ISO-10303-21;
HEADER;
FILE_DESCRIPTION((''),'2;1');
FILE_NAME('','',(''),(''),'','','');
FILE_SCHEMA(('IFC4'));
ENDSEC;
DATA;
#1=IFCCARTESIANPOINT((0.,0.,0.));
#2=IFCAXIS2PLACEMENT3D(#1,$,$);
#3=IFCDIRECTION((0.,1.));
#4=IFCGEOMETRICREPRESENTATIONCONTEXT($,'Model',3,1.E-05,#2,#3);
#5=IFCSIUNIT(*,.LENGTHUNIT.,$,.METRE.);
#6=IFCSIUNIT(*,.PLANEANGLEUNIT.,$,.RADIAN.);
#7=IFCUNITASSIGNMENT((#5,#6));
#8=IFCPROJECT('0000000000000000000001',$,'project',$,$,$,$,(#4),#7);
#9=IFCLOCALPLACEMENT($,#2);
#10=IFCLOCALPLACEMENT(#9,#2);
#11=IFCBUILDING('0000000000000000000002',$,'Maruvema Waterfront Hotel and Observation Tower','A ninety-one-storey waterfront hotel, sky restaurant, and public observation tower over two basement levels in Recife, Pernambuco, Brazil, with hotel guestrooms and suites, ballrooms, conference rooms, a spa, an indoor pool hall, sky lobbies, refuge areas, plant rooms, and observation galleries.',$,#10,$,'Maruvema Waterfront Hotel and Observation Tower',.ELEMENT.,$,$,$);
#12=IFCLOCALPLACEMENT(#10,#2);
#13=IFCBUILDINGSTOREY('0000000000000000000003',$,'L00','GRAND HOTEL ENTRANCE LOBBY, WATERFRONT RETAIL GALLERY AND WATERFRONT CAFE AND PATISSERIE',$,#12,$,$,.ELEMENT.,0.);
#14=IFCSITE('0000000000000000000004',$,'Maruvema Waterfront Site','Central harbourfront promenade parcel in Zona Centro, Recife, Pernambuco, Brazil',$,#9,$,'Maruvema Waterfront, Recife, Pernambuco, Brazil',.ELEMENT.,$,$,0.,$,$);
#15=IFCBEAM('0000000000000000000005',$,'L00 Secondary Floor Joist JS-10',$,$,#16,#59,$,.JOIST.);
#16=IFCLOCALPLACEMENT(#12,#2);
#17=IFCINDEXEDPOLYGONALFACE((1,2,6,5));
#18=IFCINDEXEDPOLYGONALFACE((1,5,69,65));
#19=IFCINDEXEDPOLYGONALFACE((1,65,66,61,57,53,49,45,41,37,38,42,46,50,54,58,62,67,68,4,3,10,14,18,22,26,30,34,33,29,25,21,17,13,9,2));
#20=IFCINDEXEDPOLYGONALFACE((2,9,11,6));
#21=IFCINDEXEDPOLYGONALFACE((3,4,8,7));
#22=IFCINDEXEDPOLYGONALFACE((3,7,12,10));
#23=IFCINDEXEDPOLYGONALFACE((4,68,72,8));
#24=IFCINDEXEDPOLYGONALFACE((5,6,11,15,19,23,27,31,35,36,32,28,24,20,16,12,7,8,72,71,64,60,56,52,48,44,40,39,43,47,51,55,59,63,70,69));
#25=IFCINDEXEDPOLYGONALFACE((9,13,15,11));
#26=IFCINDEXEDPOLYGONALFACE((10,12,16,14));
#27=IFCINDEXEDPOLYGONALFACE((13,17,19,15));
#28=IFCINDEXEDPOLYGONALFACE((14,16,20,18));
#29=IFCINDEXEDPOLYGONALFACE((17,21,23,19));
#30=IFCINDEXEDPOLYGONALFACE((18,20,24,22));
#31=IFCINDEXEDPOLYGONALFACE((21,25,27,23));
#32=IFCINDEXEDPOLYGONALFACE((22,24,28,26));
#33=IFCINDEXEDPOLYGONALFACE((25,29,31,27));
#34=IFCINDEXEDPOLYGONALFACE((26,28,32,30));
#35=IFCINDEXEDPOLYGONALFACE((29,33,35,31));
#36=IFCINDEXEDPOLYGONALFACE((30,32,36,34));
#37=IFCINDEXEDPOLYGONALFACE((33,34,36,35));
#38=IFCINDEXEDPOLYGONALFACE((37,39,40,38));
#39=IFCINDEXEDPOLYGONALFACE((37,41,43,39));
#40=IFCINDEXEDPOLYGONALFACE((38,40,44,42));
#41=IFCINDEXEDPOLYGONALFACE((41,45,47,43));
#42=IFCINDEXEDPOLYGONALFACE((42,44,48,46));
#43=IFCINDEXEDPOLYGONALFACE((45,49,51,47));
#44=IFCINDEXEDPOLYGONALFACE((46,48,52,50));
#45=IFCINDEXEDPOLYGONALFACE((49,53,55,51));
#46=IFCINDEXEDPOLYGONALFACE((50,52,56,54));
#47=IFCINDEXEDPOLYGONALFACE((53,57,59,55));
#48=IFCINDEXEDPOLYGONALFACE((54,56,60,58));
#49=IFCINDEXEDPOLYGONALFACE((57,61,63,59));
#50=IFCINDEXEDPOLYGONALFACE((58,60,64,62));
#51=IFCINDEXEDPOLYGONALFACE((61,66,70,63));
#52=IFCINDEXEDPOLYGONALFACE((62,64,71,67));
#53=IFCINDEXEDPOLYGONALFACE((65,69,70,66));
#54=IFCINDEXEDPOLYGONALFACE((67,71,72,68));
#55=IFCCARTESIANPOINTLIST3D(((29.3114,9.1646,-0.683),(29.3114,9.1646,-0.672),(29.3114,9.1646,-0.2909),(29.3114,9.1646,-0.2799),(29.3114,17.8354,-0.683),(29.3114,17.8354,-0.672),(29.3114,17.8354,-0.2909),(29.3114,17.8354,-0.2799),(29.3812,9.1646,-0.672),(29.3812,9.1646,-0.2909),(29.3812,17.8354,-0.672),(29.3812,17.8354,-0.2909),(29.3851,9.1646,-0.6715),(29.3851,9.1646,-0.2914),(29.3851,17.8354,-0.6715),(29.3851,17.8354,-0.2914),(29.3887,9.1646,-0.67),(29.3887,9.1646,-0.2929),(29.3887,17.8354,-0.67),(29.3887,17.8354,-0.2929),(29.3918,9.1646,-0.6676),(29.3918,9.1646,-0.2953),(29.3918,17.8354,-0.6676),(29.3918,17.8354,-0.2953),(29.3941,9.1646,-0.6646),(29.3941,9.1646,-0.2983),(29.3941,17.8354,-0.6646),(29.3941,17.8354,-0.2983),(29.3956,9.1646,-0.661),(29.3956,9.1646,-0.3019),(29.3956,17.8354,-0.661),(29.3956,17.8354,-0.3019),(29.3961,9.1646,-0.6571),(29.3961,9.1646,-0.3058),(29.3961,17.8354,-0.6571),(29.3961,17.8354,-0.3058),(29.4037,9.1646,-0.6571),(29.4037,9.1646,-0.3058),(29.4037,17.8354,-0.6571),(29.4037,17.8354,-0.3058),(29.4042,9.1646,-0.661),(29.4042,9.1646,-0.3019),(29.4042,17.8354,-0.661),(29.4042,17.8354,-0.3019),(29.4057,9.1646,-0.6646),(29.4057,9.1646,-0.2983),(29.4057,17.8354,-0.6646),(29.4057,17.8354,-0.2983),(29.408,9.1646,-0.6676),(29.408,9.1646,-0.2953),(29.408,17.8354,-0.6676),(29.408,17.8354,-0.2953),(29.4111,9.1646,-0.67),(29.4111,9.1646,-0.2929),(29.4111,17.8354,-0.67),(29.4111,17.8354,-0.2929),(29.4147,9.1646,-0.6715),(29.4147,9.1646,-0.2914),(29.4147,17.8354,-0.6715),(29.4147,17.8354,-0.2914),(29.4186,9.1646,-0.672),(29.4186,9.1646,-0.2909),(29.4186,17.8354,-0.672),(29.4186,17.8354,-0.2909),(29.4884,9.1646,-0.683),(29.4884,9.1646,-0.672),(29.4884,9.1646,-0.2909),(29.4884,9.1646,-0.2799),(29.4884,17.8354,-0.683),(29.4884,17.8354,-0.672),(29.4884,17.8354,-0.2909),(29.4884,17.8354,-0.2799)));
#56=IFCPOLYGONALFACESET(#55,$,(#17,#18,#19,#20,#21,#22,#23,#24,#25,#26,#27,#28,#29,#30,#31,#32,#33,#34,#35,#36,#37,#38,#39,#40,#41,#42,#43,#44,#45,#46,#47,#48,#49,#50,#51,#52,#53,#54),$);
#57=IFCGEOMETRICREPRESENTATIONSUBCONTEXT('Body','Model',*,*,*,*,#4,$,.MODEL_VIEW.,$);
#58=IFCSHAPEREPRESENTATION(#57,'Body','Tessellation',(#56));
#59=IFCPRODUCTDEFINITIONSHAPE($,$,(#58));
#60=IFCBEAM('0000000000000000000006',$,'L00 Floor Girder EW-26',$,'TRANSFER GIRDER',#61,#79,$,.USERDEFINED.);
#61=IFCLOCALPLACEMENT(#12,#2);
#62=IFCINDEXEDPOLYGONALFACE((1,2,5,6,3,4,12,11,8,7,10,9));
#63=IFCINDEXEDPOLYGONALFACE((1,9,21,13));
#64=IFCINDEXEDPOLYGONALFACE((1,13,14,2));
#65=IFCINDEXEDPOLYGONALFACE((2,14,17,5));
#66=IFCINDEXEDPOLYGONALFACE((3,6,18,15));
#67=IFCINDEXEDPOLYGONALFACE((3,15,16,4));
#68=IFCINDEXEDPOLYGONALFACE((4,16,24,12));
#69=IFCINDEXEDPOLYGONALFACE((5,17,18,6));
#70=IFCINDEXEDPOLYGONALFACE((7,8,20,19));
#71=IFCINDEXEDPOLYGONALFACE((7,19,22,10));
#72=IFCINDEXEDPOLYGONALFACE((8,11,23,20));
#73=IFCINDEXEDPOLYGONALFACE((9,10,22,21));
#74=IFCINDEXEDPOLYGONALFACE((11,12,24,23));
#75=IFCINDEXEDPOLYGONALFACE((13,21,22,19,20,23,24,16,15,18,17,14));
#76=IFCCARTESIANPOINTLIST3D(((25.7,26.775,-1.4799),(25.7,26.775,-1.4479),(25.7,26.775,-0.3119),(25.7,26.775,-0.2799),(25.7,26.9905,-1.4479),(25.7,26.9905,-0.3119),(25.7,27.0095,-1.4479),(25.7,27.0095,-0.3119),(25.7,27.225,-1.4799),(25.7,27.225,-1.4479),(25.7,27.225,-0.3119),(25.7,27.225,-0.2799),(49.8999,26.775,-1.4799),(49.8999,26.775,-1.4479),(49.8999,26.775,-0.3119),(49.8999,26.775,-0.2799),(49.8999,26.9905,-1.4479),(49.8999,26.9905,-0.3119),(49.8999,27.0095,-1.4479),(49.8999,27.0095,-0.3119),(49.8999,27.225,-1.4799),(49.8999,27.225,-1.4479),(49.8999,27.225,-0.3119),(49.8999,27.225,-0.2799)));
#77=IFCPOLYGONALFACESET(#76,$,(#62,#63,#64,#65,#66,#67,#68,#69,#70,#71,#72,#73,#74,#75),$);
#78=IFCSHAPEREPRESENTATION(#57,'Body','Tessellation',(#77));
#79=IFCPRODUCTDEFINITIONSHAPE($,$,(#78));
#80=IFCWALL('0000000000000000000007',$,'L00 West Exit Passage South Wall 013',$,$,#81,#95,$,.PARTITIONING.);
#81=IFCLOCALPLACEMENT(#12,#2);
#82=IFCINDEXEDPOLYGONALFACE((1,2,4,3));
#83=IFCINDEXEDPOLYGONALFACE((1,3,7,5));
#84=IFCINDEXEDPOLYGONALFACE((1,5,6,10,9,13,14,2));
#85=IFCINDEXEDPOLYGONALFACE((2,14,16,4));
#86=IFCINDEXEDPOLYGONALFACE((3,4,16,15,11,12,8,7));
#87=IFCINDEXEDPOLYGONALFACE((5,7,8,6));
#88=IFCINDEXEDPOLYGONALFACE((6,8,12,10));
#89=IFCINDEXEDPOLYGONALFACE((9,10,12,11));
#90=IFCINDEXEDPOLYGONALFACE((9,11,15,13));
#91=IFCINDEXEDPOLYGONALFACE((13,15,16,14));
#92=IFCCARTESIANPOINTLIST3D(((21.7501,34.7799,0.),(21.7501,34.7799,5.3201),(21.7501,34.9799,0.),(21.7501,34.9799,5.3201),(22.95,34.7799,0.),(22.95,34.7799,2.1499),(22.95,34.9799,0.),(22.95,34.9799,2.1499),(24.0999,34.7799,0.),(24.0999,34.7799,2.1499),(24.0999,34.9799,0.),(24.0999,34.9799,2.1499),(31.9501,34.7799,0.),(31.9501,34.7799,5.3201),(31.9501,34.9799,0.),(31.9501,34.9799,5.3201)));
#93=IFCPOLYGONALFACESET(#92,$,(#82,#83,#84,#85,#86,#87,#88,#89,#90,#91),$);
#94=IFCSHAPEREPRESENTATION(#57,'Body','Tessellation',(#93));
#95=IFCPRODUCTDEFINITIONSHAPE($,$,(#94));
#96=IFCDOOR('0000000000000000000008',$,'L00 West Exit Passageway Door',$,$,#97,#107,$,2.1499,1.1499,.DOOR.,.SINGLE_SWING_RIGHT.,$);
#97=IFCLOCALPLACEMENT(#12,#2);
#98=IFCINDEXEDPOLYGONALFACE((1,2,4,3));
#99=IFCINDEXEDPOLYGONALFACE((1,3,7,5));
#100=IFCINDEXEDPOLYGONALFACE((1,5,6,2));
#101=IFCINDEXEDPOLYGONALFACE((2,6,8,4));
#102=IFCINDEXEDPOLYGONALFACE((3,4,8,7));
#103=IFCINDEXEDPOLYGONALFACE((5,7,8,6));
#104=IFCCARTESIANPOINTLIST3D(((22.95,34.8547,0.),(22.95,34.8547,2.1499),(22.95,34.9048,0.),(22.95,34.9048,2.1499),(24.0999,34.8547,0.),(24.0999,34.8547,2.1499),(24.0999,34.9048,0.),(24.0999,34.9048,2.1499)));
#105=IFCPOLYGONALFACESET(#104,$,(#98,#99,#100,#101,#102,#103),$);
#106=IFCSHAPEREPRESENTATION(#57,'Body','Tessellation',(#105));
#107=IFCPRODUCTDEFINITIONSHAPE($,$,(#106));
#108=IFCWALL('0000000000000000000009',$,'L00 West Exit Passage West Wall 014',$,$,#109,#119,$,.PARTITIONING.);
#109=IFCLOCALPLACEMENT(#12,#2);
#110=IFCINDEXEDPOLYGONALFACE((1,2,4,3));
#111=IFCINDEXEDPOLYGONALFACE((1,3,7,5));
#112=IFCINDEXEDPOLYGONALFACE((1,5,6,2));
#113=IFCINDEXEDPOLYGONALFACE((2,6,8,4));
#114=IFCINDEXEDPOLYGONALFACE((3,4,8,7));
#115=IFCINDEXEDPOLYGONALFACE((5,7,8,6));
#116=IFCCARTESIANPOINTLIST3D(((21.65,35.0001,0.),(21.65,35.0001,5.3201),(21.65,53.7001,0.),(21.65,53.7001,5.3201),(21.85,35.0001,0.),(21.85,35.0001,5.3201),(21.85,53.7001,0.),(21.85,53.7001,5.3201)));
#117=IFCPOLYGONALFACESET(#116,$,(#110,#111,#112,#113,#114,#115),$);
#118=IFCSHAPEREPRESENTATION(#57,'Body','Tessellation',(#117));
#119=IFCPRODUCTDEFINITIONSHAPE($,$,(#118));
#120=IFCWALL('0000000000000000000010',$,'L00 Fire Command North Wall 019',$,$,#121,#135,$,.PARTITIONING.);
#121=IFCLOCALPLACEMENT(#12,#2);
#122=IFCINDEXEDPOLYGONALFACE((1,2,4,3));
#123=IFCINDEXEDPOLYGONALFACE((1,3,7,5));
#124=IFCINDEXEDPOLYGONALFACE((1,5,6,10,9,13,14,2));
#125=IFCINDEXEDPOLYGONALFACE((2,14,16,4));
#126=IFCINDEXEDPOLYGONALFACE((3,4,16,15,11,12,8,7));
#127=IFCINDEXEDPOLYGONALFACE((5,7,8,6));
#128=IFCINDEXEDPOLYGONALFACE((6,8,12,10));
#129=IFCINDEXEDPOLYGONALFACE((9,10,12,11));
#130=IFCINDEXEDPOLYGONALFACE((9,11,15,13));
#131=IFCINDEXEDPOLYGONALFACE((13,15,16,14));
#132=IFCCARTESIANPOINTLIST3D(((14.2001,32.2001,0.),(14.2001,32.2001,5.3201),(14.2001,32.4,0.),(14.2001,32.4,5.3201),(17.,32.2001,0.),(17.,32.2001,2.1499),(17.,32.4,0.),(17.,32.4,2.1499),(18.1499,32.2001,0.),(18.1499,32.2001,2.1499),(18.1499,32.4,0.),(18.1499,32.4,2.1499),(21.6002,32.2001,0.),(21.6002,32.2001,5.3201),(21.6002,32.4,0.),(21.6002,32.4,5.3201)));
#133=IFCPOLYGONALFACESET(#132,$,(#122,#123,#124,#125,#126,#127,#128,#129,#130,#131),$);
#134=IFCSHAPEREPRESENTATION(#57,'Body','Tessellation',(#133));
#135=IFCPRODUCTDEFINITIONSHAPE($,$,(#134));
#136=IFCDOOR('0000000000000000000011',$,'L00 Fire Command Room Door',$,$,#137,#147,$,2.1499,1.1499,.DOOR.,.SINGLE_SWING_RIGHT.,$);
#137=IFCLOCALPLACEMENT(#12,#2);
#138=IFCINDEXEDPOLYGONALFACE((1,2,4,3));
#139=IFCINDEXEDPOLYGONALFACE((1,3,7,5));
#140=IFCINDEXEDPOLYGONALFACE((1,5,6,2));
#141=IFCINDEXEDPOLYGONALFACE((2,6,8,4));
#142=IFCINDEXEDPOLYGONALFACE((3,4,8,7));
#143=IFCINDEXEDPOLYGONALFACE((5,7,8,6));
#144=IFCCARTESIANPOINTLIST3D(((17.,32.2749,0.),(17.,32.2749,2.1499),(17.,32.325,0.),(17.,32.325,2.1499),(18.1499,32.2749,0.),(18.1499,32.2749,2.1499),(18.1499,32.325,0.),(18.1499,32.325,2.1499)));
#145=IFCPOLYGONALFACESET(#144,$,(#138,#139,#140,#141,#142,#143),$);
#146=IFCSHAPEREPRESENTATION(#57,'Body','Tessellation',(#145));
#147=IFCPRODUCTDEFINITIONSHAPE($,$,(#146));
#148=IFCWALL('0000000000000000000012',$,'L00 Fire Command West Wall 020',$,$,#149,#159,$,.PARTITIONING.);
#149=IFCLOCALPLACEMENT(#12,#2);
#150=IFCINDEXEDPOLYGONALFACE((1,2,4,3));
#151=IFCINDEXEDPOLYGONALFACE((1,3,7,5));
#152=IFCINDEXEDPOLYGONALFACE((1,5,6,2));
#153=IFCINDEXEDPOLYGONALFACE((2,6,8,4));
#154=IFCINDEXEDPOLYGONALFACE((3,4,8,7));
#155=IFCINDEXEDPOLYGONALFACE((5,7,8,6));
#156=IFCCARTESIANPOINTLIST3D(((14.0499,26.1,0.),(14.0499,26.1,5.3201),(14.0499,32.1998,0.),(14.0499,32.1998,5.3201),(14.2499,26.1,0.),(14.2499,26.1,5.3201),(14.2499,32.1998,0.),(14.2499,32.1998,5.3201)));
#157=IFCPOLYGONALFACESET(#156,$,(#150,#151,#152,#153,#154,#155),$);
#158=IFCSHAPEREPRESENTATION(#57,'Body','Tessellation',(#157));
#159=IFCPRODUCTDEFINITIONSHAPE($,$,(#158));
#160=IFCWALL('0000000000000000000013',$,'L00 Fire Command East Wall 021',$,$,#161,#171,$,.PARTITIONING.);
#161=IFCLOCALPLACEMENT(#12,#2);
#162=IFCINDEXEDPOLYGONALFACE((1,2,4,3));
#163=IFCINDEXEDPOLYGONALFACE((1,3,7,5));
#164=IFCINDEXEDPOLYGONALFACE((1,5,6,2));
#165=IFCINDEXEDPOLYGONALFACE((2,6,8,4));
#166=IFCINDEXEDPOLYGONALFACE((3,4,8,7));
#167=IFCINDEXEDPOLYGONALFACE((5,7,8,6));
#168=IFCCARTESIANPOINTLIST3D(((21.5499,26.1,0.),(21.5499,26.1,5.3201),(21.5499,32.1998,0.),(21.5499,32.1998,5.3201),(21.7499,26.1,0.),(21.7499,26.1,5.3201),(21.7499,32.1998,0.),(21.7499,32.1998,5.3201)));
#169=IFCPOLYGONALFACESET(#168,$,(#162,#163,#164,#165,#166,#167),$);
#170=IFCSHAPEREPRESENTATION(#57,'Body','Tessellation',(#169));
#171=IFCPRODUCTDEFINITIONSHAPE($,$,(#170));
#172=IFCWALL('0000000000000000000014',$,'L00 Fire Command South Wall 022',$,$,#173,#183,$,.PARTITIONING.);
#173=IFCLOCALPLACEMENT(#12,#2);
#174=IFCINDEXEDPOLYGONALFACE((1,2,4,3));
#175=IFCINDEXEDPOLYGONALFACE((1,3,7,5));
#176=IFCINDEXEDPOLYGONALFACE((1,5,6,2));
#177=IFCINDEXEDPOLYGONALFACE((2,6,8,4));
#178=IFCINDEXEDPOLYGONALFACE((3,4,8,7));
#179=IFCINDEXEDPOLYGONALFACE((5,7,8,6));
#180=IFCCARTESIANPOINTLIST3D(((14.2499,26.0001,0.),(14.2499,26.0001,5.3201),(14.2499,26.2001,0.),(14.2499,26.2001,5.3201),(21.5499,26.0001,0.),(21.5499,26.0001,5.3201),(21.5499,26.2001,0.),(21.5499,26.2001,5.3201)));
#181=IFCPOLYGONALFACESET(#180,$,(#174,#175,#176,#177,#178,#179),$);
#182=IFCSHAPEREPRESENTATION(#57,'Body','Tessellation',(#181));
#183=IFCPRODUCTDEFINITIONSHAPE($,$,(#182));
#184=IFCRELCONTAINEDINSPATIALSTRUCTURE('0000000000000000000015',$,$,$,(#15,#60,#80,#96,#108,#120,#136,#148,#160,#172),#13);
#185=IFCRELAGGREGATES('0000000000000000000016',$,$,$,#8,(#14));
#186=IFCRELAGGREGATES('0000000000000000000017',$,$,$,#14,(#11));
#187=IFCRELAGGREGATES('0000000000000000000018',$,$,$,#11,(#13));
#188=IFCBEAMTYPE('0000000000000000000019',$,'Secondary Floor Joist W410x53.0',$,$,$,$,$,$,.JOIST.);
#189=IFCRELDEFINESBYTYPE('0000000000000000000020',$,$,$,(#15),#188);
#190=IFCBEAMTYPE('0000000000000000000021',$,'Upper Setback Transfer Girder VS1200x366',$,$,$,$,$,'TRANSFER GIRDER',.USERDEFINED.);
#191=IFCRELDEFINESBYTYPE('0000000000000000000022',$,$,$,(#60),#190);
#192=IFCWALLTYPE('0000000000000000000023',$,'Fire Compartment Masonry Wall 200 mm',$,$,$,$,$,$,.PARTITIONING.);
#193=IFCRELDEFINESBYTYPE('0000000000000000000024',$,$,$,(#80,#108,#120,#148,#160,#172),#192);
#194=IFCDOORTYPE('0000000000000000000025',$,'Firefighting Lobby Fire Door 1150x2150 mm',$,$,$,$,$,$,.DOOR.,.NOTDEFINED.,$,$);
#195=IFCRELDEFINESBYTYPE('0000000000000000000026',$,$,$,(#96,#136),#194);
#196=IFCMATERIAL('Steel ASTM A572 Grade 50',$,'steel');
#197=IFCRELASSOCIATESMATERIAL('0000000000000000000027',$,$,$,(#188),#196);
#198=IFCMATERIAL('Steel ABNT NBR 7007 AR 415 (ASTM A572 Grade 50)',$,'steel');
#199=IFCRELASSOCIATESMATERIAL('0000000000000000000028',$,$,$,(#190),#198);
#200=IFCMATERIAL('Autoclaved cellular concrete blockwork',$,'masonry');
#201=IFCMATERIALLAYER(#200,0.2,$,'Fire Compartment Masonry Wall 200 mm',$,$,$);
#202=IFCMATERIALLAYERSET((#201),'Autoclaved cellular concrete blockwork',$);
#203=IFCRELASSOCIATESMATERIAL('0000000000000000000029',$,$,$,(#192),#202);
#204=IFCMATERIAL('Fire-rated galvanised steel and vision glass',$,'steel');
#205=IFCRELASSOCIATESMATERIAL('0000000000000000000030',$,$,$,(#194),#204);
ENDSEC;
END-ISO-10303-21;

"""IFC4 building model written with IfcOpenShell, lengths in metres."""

from ifc_helpers import new_model, si_unit, direction, frame, frame_2d, origin, origin_2d, place, context, subcontext, project, spatial, rectangle, i_section, extrude, material, layer, layer_set, material_profile, profile_set, type_object, element, fill, save


model = new_model("IFC4")

# Units and contexts
model_context = context("Model", 3, precision=1e-05, world=origin(), true_north=direction((0.0, 1.0)))
body_context = subcontext(model_context, "Body", "Model", "MODEL_VIEW")
ifc_project = project(units=[si_unit("LENGTHUNIT", "METRE"), si_unit("PLANEANGLEUNIT", "RADIAN")], contexts=[model_context])

# Site, building, storey
site_placement = place(None, origin())
site = spatial("IfcSite", under=ifc_project, at=site_placement, Name="Maruvema Waterfront Site", Description="Central harbourfront promenade parcel in Zona Centro, Recife, Pernambuco, Brazil", LongName="Maruvema Waterfront, Recife, Pernambuco, Brazil", CompositionType="ELEMENT", RefElevation=0.0)
building_placement = place(site_placement, origin())
building = spatial("IfcBuilding", under=site, at=building_placement, Name="Maruvema Waterfront Hotel and Observation Tower", Description="A ninety-one-storey waterfront hotel, sky restaurant, and public observation tower over two basement levels in Recife, Pernambuco, Brazil, with hotel guestrooms and suites, ballrooms, conference rooms, a spa, an indoor pool hall, sky lobbies, refuge areas, plant rooms, and observation galleries.", LongName="Maruvema Waterfront Hotel and Observation Tower", CompositionType="ELEMENT")
storey_placement = place(building_placement, origin())
storey = spatial("IfcBuildingStorey", under=building, at=storey_placement, Name="L00", Description="GRAND HOTEL ENTRANCE LOBBY, WATERFRONT RETAIL GALLERY AND WATERFRONT CAFE AND PATISSERIE", CompositionType="ELEMENT", Elevation=0.0)

# Beams
ifc_material_1 = material(Name="Steel ASTM A572 Grade 50", Category="steel")
ifc_material_profile_1 = material_profile(ifc_material_1, i_section(OverallWidth=0.177, OverallDepth=0.4031, WebThickness=0.0076, FlangeThickness=0.011, FilletRadius=0.0149, at=origin_2d()), Name="W410x53.0")
ifc_profile_set_1 = profile_set([ifc_material_profile_1], Name="Steel ASTM A572 Grade 50")
beam_type_1 = type_object("IfcBeamType", Name="Secondary Floor Joist W410x53.0", PredefinedType="JOIST", material=ifc_profile_set_1)
beam_1_placement = place(storey_placement, frame((29.3999, 9.1646, -0.4814), z_axis=(0.0, 1.0, 0.0), x_axis=(-1.0, 0.0, 0.0)))
element("IfcBeam", 1, at=beam_1_placement, inside=storey, type_object=beam_type_1, Name="L00 Secondary Floor Joist JS-10", PredefinedType="JOIST", context=body_context, shape_type="SweptSolid", body=[
    extrude(i_section(OverallWidth=0.177, OverallDepth=0.4031, WebThickness=0.0076, FlangeThickness=0.011, FilletRadius=0.0149, at=origin_2d()), origin(), (0.0, 0.0, 1.0), 8.6709),
])
ifc_material_2 = material(Name="Steel ABNT NBR 7007 AR 415 (ASTM A572 Grade 50)", Category="steel")
ifc_material_profile_2 = material_profile(ifc_material_2, i_section(OverallWidth=0.45, OverallDepth=1.2, WebThickness=0.019, FlangeThickness=0.032, at=origin_2d()), Name="VS1200x366")
ifc_profile_set_2 = profile_set([ifc_material_profile_2], Name="Steel ABNT NBR 7007 AR 415 (ASTM A572 Grade 50)")
beam_type_2 = type_object("IfcBeamType", Name="Upper Setback Transfer Girder VS1200x366", ElementType="TRANSFER GIRDER", PredefinedType="USERDEFINED", material=ifc_profile_set_2)
beam_2_placement = place(storey_placement, frame((25.7, 27.0, -0.8799), z_axis=(1.0, 0.0, 0.0), x_axis=(0.0, 1.0, 0.0)))
element("IfcBeam", 2, at=beam_2_placement, inside=storey, type_object=beam_type_2, Name="L00 Floor Girder EW-26", ObjectType="TRANSFER GIRDER", PredefinedType="USERDEFINED", context=body_context, shape_type="SweptSolid", body=[
    extrude(i_section(OverallWidth=0.45, OverallDepth=1.2, WebThickness=0.019, FlangeThickness=0.032, at=origin_2d()), origin(), (0.0, 0.0, 1.0), 24.2),
])

# Wall, opening, door
ifc_material_3 = material(Name="Autoclaved cellular concrete blockwork", Category="masonry")
ifc_layer = layer(ifc_material_3, 0.2, Name="Fire Compartment Masonry Wall 200 mm")
ifc_layer_set = layer_set([ifc_layer], Name="Autoclaved cellular concrete blockwork")
wall_type = type_object("IfcWallType", Name="Fire Compartment Masonry Wall 200 mm", PredefinedType="PARTITIONING", material=ifc_layer_set)
wall_1_placement = place(storey_placement, frame((21.75, 34.8799, 0.0), z_axis=(0.0, 0.0, 1.0), x_axis=(1.0, 0.0, 0.0)))
wall_1 = element("IfcWall", 3, at=wall_1_placement, inside=storey, type_object=wall_type, Name="L00 West Exit Passage South Wall 013", PredefinedType="PARTITIONING", context=body_context, shape_type="SweptSolid", body=[
    extrude(rectangle(XDim=10.2, YDim=0.2, at=frame_2d((5.1001, 0.0))), origin(), (0.0, 0.0, 1.0), 5.3201),
])
opening_1_placement = place(wall_1_placement, frame((1.2, 0.0, 0.0)))
opening_1 = element("IfcOpeningElement", 4, at=opening_1_placement, cuts=wall_1, PredefinedType="OPENING", context=body_context, shape_type="SweptSolid", body=[
    extrude(rectangle(XDim=1.1499, YDim=2.1499, at=frame_2d((0.575, 1.075))), frame((0.0, 0.1099, 0.0), z_axis=(0.0, -1.0, 0.0), x_axis=(1.0, 0.0, 0.0)), (0.0, 0.0, 1.0), 0.22),
])
ifc_material_4 = material(Name="Fire-rated galvanised steel and vision glass", Category="steel")
door_type = type_object("IfcDoorType", Name="Firefighting Lobby Fire Door 1150x2150 mm", OperationType="NOTDEFINED", PredefinedType="DOOR", material=ifc_material_4)
door_1_placement = place(opening_1_placement, origin())
door_1 = element("IfcDoor", 5, at=door_1_placement, inside=storey, type_object=door_type, Name="L00 West Exit Passageway Door", OperationType="SINGLE_SWING_RIGHT", OverallHeight=2.1499, OverallWidth=1.1499, PredefinedType="DOOR", context=body_context, shape_type="SweptSolid", body=[
    extrude(rectangle(XDim=1.1499, YDim=2.1499, at=frame_2d((0.575, 1.075))), frame((0.0, 0.0249, 0.0), z_axis=(0.0, -1.0, 0.0), x_axis=(1.0, 0.0, 0.0)), (0.0, 0.0, 1.0), 0.05),
])
fill(opening_1, door_1)

# Wall
wall_2_placement = place(storey_placement, frame((21.75, 35.0, 0.0), z_axis=(0.0, 0.0, 1.0), x_axis=(0.0, 1.0, 0.0)))
element("IfcWall", 6, at=wall_2_placement, inside=storey, type_object=wall_type, Name="L00 West Exit Passage West Wall 014", PredefinedType="PARTITIONING", context=body_context, shape_type="SweptSolid", body=[
    extrude(rectangle(XDim=18.7, YDim=0.2, at=frame_2d((9.3501, 0.0))), origin(), (0.0, 0.0, 1.0), 5.3201),
])

# Wall, opening, door
wall_3_placement = place(storey_placement, frame((14.2, 32.3, 0.0), z_axis=(0.0, 0.0, 1.0), x_axis=(1.0, 0.0, 0.0)))
wall_3 = element("IfcWall", 7, at=wall_3_placement, inside=storey, type_object=wall_type, Name="L00 Fire Command North Wall 019", PredefinedType="PARTITIONING", context=body_context, shape_type="SweptSolid", body=[
    extrude(rectangle(XDim=7.4001, YDim=0.2, at=frame_2d((3.7002, 0.0))), origin(), (0.0, 0.0, 1.0), 5.3201),
])
opening_2_placement = place(wall_3_placement, frame((2.8, 0.0, 0.0)))
opening_2 = element("IfcOpeningElement", 8, at=opening_2_placement, cuts=wall_3, PredefinedType="OPENING", context=body_context, shape_type="SweptSolid", body=[
    extrude(rectangle(XDim=1.1499, YDim=2.1499, at=frame_2d((0.575, 1.075))), frame((0.0, 0.1099, 0.0), z_axis=(0.0, -1.0, 0.0), x_axis=(1.0, 0.0, 0.0)), (0.0, 0.0, 1.0), 0.22),
])
door_2_placement = place(opening_2_placement, origin())
door_2 = element("IfcDoor", 9, at=door_2_placement, inside=storey, type_object=door_type, Name="L00 Fire Command Room Door", OperationType="SINGLE_SWING_RIGHT", OverallHeight=2.1499, OverallWidth=1.1499, PredefinedType="DOOR", context=body_context, shape_type="SweptSolid", body=[
    extrude(rectangle(XDim=1.1499, YDim=2.1499, at=frame_2d((0.575, 1.075))), frame((0.0, 0.0249, 0.0), z_axis=(0.0, -1.0, 0.0), x_axis=(1.0, 0.0, 0.0)), (0.0, 0.0, 1.0), 0.05),
])
fill(opening_2, door_2)

# Walls
for number, where, z_axis, x_axis, name in (
    (10, (14.1499, 26.1001, 0.0), (0.0, 0.0, 1.0), (0.0, 1.0, 0.0), "L00 Fire Command West Wall 020"),
    (11, (21.6499, 26.1001, 0.0), (0.0, 0.0, 1.0), (0.0, 1.0, 0.0), "L00 Fire Command East Wall 021"),
):
    element("IfcWall", number, at=place(storey_placement, frame(where, z_axis=z_axis, x_axis=x_axis)), inside=storey, type_object=wall_type, Name=name, PredefinedType="PARTITIONING", context=body_context, shape_type="SweptSolid", body=[
        extrude(rectangle(XDim=6.0999, YDim=0.2, at=frame_2d((3.0498, 0.0))), origin(), (0.0, 0.0, 1.0), 5.3201),
    ])
wall_4_placement = place(storey_placement, frame((14.25, 26.1001, 0.0), z_axis=(0.0, 0.0, 1.0), x_axis=(1.0, 0.0, 0.0)))
element("IfcWall", 12, at=wall_4_placement, inside=storey, type_object=wall_type, Name="L00 Fire Command South Wall 022", PredefinedType="PARTITIONING", context=body_context, shape_type="SweptSolid", body=[
    extrude(rectangle(XDim=7.3, YDim=0.2, at=frame_2d((3.6499, 0.0))), origin(), (0.0, 0.0, 1.0), 5.3201),
])

save(model, "model.ifc")
